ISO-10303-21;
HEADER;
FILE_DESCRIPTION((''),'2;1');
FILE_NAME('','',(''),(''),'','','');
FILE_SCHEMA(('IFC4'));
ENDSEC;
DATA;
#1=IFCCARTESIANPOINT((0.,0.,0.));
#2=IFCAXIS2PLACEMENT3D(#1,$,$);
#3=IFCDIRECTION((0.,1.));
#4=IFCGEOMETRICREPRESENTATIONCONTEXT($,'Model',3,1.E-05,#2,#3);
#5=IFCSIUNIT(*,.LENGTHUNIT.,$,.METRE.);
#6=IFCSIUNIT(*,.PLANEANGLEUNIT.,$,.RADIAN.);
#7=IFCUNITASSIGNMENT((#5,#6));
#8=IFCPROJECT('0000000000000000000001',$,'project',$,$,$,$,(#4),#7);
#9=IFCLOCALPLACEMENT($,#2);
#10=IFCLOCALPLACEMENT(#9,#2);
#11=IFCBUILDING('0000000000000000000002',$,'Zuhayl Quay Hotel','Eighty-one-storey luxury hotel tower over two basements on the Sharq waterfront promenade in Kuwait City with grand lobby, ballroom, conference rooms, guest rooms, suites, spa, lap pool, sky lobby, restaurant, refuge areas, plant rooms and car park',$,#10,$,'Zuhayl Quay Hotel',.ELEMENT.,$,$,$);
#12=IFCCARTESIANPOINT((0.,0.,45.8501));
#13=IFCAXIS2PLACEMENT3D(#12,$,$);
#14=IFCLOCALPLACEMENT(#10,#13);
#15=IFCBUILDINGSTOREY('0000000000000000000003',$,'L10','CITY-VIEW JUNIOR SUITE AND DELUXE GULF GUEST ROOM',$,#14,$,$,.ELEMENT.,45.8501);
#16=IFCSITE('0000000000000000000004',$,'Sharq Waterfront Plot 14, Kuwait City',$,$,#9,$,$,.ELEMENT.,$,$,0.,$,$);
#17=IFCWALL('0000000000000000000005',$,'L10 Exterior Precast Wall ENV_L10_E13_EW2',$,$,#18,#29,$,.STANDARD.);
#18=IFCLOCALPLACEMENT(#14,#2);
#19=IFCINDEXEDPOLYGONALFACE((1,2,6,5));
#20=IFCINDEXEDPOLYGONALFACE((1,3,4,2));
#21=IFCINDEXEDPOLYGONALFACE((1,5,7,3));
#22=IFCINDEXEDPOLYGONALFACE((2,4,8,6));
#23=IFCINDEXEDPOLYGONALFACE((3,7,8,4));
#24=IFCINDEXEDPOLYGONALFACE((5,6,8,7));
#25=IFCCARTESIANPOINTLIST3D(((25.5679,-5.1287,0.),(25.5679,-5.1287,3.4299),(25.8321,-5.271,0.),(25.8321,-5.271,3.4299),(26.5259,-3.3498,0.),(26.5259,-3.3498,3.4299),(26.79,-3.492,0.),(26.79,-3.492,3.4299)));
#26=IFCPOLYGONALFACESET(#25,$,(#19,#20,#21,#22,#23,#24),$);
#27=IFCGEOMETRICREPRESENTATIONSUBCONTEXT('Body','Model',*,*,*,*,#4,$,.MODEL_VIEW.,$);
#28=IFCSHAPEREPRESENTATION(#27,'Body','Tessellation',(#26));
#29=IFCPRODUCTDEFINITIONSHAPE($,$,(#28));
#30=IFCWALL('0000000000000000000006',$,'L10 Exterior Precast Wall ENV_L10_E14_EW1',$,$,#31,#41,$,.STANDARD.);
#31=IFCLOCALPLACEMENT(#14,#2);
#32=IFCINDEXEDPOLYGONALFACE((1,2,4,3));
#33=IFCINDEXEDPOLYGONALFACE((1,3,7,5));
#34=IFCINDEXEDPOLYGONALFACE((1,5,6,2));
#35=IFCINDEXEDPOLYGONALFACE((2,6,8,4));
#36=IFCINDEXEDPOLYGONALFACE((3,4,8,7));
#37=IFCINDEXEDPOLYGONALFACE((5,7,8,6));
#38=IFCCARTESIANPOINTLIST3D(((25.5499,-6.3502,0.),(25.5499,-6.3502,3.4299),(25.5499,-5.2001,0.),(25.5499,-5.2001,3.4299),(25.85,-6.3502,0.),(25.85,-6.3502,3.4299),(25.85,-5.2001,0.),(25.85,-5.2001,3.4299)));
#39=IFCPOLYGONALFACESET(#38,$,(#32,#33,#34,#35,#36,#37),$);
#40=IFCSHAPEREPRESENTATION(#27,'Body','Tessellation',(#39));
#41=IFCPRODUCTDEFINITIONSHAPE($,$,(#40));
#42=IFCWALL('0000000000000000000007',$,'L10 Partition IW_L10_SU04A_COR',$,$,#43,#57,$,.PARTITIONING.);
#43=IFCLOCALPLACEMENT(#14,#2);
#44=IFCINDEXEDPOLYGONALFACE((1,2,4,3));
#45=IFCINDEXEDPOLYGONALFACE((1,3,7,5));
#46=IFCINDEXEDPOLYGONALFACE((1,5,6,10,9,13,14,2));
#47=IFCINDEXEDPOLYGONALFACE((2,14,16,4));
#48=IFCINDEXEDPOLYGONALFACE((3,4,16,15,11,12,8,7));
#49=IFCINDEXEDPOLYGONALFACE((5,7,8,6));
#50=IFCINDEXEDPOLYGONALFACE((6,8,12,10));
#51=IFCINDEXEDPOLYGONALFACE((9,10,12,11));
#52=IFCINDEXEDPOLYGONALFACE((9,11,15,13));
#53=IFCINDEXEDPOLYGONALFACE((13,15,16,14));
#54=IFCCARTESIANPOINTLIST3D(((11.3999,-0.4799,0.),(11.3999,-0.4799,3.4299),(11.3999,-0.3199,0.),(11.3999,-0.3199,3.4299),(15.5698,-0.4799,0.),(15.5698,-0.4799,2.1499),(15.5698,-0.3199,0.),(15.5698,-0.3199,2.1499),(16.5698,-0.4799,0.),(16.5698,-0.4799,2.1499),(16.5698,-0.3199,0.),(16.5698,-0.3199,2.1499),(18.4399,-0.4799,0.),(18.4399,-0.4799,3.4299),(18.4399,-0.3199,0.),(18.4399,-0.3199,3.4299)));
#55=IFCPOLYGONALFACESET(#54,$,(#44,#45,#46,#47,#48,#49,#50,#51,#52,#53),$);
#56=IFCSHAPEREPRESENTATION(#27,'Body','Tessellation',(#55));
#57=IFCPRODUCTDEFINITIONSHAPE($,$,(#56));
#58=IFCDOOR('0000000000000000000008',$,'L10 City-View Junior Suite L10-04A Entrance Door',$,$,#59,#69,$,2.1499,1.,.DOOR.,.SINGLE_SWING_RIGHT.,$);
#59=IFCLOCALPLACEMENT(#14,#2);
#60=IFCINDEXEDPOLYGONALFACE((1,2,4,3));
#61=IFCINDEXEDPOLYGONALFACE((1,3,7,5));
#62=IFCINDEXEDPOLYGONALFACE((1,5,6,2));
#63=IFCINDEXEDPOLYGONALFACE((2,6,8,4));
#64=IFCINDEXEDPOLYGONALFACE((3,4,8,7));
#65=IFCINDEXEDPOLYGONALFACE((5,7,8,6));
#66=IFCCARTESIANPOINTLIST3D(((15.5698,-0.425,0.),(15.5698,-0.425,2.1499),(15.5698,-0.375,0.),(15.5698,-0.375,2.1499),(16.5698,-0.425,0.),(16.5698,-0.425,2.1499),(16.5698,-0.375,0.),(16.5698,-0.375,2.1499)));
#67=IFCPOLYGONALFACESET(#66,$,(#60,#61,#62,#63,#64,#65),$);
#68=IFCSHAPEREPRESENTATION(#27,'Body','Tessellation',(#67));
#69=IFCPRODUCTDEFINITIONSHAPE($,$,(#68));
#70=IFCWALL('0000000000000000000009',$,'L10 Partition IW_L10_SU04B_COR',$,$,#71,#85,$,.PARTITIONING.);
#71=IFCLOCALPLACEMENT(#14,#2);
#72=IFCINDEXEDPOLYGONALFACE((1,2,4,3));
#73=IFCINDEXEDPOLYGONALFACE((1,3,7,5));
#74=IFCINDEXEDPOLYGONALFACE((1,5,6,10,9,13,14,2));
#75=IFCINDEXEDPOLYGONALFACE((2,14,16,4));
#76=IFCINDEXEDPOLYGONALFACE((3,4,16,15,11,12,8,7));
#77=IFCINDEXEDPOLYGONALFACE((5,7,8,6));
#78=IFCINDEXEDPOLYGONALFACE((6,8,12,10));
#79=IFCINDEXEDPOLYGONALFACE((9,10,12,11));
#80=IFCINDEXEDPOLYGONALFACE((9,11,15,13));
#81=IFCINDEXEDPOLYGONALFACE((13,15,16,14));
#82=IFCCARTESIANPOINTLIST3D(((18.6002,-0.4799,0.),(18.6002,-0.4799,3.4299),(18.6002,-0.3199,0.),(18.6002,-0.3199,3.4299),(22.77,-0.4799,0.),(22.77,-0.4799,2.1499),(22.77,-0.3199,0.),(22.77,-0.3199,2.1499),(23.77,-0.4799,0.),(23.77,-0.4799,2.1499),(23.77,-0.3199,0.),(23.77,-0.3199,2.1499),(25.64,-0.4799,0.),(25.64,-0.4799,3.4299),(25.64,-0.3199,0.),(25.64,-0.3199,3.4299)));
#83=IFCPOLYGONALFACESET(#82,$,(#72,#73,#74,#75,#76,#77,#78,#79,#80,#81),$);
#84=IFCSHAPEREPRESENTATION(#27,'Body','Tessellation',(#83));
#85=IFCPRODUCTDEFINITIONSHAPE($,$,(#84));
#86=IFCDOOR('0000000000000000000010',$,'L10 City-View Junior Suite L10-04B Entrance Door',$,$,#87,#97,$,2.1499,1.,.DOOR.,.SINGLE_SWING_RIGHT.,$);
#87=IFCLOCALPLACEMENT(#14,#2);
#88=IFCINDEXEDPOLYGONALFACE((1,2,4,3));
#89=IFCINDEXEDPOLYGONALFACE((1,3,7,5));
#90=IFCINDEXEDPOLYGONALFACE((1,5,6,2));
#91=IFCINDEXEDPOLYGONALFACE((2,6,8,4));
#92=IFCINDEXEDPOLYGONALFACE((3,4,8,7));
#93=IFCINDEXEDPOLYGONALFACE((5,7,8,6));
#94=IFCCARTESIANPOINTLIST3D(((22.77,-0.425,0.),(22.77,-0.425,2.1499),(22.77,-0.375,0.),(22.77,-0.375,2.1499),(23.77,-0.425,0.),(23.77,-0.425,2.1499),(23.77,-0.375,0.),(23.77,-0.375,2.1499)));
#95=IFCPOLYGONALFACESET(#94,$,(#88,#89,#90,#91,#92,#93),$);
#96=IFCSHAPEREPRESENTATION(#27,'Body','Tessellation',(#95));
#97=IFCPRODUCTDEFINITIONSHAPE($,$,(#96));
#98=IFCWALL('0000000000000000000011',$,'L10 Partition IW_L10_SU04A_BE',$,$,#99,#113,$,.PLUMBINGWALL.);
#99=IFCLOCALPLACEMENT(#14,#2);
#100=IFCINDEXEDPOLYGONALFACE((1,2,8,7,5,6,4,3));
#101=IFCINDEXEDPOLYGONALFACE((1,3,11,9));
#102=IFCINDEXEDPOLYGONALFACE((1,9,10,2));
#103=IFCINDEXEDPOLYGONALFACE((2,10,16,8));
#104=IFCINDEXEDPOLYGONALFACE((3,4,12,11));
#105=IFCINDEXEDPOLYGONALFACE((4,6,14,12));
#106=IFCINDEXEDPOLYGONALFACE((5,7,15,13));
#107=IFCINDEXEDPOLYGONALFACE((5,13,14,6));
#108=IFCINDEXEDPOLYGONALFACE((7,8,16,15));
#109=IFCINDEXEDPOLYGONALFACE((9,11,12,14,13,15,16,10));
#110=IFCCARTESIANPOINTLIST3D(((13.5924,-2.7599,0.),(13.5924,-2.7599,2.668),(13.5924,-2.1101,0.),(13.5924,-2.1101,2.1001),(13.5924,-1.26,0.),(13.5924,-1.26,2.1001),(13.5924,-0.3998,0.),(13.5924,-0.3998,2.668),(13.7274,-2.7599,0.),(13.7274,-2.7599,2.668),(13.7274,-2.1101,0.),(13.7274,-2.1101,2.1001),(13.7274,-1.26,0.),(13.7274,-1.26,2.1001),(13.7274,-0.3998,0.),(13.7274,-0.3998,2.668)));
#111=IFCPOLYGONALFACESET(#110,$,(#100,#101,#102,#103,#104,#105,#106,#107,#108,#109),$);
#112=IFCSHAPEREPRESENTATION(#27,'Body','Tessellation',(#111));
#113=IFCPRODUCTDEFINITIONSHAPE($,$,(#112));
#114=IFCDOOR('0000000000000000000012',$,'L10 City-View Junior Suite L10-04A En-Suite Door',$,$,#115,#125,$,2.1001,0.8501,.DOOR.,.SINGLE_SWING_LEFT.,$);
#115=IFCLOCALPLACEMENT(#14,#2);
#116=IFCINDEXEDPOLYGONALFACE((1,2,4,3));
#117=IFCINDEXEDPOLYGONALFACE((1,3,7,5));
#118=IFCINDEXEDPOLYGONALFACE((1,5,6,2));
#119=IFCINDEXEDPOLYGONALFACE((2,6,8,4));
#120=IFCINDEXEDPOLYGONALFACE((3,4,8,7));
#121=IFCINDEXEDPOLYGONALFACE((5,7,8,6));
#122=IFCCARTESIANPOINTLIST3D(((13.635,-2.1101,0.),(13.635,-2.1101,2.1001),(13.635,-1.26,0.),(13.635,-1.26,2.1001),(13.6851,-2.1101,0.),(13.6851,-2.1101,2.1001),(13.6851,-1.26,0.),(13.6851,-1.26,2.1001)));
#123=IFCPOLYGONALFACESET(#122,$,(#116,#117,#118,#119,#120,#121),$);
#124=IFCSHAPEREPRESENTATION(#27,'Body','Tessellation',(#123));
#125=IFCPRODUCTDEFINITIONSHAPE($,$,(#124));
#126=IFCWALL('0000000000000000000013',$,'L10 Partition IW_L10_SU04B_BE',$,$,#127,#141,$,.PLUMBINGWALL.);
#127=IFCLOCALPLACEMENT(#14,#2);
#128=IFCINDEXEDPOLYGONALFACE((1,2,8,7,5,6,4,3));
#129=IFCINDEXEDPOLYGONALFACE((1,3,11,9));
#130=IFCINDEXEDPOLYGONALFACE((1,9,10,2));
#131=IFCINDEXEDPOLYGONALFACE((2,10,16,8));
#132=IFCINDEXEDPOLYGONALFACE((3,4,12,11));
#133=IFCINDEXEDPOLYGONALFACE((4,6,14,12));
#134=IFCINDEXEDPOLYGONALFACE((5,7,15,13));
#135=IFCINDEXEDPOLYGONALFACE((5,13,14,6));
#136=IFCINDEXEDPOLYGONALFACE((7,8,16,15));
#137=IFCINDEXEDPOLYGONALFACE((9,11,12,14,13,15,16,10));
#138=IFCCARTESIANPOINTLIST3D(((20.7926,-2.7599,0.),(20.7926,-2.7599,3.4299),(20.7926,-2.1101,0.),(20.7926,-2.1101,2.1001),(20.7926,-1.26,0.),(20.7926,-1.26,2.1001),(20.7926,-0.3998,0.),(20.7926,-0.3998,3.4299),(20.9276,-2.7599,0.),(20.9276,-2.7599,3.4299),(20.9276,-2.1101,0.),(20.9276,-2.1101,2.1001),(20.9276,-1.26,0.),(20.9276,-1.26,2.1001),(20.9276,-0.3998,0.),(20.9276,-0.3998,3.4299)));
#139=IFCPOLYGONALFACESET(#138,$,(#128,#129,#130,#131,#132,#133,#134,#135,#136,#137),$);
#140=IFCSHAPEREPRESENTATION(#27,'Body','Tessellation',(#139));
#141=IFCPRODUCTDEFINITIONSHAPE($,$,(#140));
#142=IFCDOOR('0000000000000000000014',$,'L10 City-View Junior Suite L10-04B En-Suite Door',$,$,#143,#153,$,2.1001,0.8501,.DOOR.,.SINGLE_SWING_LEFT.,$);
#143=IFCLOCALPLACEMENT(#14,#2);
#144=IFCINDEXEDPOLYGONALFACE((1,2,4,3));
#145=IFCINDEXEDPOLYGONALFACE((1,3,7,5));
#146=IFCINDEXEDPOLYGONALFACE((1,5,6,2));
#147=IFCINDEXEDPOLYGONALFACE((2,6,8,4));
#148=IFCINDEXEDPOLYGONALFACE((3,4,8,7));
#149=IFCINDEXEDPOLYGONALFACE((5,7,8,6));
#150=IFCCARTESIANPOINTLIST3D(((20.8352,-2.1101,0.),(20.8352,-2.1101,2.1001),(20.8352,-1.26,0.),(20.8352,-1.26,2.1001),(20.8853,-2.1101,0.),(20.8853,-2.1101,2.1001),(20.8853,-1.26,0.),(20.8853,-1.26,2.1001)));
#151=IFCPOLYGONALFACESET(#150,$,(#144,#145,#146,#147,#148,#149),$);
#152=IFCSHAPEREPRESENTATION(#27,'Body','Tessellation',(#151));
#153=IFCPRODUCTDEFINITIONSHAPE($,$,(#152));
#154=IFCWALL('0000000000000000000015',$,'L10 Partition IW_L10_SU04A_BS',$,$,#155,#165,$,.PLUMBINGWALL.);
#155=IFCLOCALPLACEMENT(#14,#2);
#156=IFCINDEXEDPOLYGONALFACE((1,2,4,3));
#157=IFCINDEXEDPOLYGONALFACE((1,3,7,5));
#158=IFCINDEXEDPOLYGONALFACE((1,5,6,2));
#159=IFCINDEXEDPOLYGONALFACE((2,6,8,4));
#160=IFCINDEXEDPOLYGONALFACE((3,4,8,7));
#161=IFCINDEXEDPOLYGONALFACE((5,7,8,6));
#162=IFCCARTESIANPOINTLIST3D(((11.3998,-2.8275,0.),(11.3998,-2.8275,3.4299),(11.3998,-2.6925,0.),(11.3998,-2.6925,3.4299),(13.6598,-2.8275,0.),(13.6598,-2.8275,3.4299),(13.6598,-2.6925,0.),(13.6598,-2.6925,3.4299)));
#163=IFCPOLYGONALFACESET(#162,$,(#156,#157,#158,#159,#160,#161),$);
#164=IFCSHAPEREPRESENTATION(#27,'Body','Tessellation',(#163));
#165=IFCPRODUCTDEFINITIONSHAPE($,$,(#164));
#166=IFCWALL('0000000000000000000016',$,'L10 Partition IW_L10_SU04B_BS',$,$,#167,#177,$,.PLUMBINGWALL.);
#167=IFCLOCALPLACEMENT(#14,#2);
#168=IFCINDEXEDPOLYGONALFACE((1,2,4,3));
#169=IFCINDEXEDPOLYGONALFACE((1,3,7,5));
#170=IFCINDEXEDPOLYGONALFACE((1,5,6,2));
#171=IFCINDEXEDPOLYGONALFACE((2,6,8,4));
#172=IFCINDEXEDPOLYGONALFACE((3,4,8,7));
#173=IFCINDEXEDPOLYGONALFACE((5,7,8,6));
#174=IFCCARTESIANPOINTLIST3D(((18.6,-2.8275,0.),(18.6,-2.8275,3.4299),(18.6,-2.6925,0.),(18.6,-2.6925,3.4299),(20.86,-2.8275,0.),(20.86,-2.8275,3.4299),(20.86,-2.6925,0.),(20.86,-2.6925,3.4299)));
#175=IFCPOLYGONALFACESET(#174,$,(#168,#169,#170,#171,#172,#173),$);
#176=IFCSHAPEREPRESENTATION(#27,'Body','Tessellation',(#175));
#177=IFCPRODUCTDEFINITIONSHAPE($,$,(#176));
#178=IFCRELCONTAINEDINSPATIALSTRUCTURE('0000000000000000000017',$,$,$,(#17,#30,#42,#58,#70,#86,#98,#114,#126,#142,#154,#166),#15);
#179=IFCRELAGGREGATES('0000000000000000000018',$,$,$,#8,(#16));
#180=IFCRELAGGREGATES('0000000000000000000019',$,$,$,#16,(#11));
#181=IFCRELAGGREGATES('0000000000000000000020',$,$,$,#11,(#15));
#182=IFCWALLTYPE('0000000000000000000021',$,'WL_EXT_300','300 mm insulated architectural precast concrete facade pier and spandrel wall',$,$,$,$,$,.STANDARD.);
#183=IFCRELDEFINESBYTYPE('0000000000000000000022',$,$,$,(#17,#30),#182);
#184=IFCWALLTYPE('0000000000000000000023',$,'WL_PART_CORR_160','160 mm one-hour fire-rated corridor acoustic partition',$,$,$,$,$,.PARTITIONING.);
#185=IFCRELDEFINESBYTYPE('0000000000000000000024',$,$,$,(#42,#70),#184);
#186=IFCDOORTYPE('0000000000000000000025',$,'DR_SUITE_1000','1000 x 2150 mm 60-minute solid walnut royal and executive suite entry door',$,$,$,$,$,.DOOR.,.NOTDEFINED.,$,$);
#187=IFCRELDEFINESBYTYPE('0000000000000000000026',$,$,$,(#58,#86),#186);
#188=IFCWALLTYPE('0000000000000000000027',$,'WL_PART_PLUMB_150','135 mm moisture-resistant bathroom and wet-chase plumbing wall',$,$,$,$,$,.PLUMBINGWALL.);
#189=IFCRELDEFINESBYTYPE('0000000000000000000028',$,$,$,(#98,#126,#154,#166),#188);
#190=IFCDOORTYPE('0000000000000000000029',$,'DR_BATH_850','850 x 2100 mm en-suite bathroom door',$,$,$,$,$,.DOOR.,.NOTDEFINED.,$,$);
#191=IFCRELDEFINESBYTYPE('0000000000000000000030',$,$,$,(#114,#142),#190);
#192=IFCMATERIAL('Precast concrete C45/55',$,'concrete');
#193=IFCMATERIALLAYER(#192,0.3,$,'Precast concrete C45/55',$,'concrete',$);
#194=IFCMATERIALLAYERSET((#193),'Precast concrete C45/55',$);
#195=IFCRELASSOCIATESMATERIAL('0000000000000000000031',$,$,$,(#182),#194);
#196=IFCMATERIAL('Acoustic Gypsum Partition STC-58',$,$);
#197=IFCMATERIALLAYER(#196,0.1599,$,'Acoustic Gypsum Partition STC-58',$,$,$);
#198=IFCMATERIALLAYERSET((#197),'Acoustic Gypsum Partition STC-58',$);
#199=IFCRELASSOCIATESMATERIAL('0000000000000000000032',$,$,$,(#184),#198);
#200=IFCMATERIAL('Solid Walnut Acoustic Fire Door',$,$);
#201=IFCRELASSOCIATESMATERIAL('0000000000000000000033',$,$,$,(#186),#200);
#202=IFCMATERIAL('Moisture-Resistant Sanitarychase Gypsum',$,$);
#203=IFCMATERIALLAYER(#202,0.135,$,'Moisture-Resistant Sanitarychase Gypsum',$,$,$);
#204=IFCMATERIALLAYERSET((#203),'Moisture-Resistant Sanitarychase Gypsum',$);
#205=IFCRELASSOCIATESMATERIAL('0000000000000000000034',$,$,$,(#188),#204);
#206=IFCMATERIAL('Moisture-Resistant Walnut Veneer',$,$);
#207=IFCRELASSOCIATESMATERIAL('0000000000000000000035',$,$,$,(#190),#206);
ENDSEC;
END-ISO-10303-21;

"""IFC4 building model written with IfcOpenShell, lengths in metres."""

from ifc_helpers import new_model, si_unit, direction, frame, frame_2d, origin, place, context, subcontext, project, spatial, rectangle, extrude, material, layer, layer_set, type_object, element, fill, save


model = new_model("IFC4")

# Units and contexts
model_context = context("Model", 3, precision=1e-05, world=origin(), true_north=direction((0.0, 1.0)))
body_context = subcontext(model_context, "Body", "Model", "MODEL_VIEW")
ifc_project = project(units=[si_unit("LENGTHUNIT", "METRE"), si_unit("PLANEANGLEUNIT", "RADIAN")], contexts=[model_context])

# Site, building, storey
site_placement = place(None, origin())
site = spatial("IfcSite", under=ifc_project, at=site_placement, Name="Sharq Waterfront Plot 14, Kuwait City", CompositionType="ELEMENT", RefElevation=0.0)
building_placement = place(site_placement, origin())
building = spatial("IfcBuilding", under=site, at=building_placement, Name="Zuhayl Quay Hotel", Description="Eighty-one-storey luxury hotel tower over two basements on the Sharq waterfront promenade in Kuwait City with grand lobby, ballroom, conference rooms, guest rooms, suites, spa, lap pool, sky lobby, restaurant, refuge areas, plant rooms and car park", LongName="Zuhayl Quay Hotel", CompositionType="ELEMENT")
storey_placement = place(building_placement, frame((0.0, 0.0, 45.8501)))
storey = spatial("IfcBuildingStorey", under=building, at=storey_placement, Name="L10", Description="CITY-VIEW JUNIOR SUITE AND DELUXE GULF GUEST ROOM", CompositionType="ELEMENT", Elevation=45.8501)

# Walls
ifc_material_1 = material(Name="Precast concrete C45/55", Category="concrete")
ifc_layer_1 = layer(ifc_material_1, 0.3, Name="Precast concrete C45/55", Category="concrete")
ifc_layer_set_1 = layer_set([ifc_layer_1], Name="Precast concrete C45/55")
wall_type_1 = type_object("IfcWallType", Name="WL_EXT_300", Description="300 mm insulated architectural precast concrete facade pier and spandrel wall", PredefinedType="STANDARD", material=ifc_layer_set_1)
wall_1_placement = place(storey_placement, frame((26.658, -3.4209, 0.0), z_axis=(0.0, 0.0, 1.0), x_axis=(-0.474121, -0.880459, 0.0)))
element("IfcWall", 1, at=wall_1_placement, inside=storey, type_object=wall_type_1, Name="L10 Exterior Precast Wall ENV_L10_E13_EW2", PredefinedType="STANDARD", context=body_context, shape_type="SweptSolid", body=[
    extrude(rectangle(XDim=2.0205, YDim=0.3, at=frame_2d((1.0103, 0.0))), origin(), (0.0, 0.0, 1.0), 3.4299),
])
wall_2_placement = place(storey_placement, frame((25.7, -5.2, 0.0), z_axis=(0.0, 0.0, 1.0), x_axis=(0.0, -1.0, 0.0)))
element("IfcWall", 2, at=wall_2_placement, inside=storey, type_object=wall_type_1, Name="L10 Exterior Precast Wall ENV_L10_E14_EW1", PredefinedType="STANDARD", context=body_context, shape_type="SweptSolid", body=[
    extrude(rectangle(XDim=1.1501, YDim=0.3, at=frame_2d((0.5752, 0.0))), origin(), (0.0, 0.0, 1.0), 3.4299),
])

# Walls, openings, doors
ifc_material_2 = material(Name="Acoustic Gypsum Partition STC-58")
ifc_layer_2 = layer(ifc_material_2, 0.1599, Name="Acoustic Gypsum Partition STC-58")
ifc_layer_set_2 = layer_set([ifc_layer_2], Name="Acoustic Gypsum Partition STC-58")
wall_type_2 = type_object("IfcWallType", Name="WL_PART_CORR_160", Description="160 mm one-hour fire-rated corridor acoustic partition", PredefinedType="PARTITIONING", material=ifc_layer_set_2)
wall_3_placement = place(storey_placement, frame((11.3999, -0.3999, 0.0), z_axis=(0.0, 0.0, 1.0), x_axis=(1.0, 0.0, 0.0)))
wall_3 = element("IfcWall", 3, at=wall_3_placement, inside=storey, type_object=wall_type_2, Name="L10 Partition IW_L10_SU04A_COR", PredefinedType="PARTITIONING", context=body_context, shape_type="SweptSolid", body=[
    extrude(rectangle(XDim=7.04, YDim=0.1599, at=frame_2d((3.52, 0.0))), origin(), (0.0, 0.0, 1.0), 3.4299),
])
opening_1_placement = place(wall_3_placement, frame((4.1699, 0.0, 0.0)))
opening_1 = element("IfcOpeningElement", 4, at=opening_1_placement, cuts=wall_3, PredefinedType="OPENING", context=body_context, shape_type="SweptSolid", body=[
    extrude(rectangle(XDim=1.0, YDim=2.1499, at=frame_2d((0.5, 1.075))), frame((0.0, 0.0898, 0.0), z_axis=(0.0, -1.0, 0.0), x_axis=(1.0, 0.0, 0.0)), (0.0, 0.0, 1.0), 0.1799),
])
ifc_material_3 = material(Name="Solid Walnut Acoustic Fire Door")
door_type_1 = type_object("IfcDoorType", Name="DR_SUITE_1000", Description="1000 x 2150 mm 60-minute solid walnut royal and executive suite entry door", OperationType="NOTDEFINED", PredefinedType="DOOR", material=ifc_material_3)
door_1_placement = place(opening_1_placement, origin())
door_1 = element("IfcDoor", 5, at=door_1_placement, inside=storey, type_object=door_type_1, Name="L10 City-View Junior Suite L10-04A Entrance Door", OperationType="SINGLE_SWING_RIGHT", OverallHeight=2.1499, OverallWidth=1.0, PredefinedType="DOOR", context=body_context, shape_type="SweptSolid", body=[
    extrude(rectangle(XDim=1.0, YDim=2.1499, at=frame_2d((0.5, 1.075))), frame((0.0, 0.0249, 0.0), z_axis=(0.0, -1.0, 0.0), x_axis=(1.0, 0.0, 0.0)), (0.0, 0.0, 1.0), 0.05),
])
fill(opening_1, door_1)
wall_4_placement = place(storey_placement, frame((18.6001, -0.3999, 0.0), z_axis=(0.0, 0.0, 1.0), x_axis=(1.0, 0.0, 0.0)))
wall_4 = element("IfcWall", 6, at=wall_4_placement, inside=storey, type_object=wall_type_2, Name="L10 Partition IW_L10_SU04B_COR", PredefinedType="PARTITIONING", context=body_context, shape_type="SweptSolid", body=[
    extrude(rectangle(XDim=7.0398, YDim=0.1599, at=frame_2d((3.52, 0.0))), origin(), (0.0, 0.0, 1.0), 3.4299),
])
opening_2_placement = place(wall_4_placement, frame((4.1699, 0.0, 0.0)))
opening_2 = element("IfcOpeningElement", 7, at=opening_2_placement, cuts=wall_4, PredefinedType="OPENING", context=body_context, shape_type="SweptSolid", body=[
    extrude(rectangle(XDim=1.0, YDim=2.1499, at=frame_2d((0.5, 1.075))), frame((0.0, 0.0898, 0.0), z_axis=(0.0, -1.0, 0.0), x_axis=(1.0, 0.0, 0.0)), (0.0, 0.0, 1.0), 0.1799),
])
door_2_placement = place(opening_2_placement, origin())
door_2 = element("IfcDoor", 8, at=door_2_placement, inside=storey, type_object=door_type_1, Name="L10 City-View Junior Suite L10-04B Entrance Door", OperationType="SINGLE_SWING_RIGHT", OverallHeight=2.1499, OverallWidth=1.0, PredefinedType="DOOR", context=body_context, shape_type="SweptSolid", body=[
    extrude(rectangle(XDim=1.0, YDim=2.1499, at=frame_2d((0.5, 1.075))), frame((0.0, 0.0249, 0.0), z_axis=(0.0, -1.0, 0.0), x_axis=(1.0, 0.0, 0.0)), (0.0, 0.0, 1.0), 0.05),
])
fill(opening_2, door_2)
ifc_material_4 = material(Name="Moisture-Resistant Sanitarychase Gypsum")
ifc_layer_3 = layer(ifc_material_4, 0.135, Name="Moisture-Resistant Sanitarychase Gypsum")
ifc_layer_set_3 = layer_set([ifc_layer_3], Name="Moisture-Resistant Sanitarychase Gypsum")
wall_type_3 = type_object("IfcWallType", Name="WL_PART_PLUMB_150", Description="135 mm moisture-resistant bathroom and wet-chase plumbing wall", PredefinedType="PLUMBINGWALL", material=ifc_layer_set_3)
wall_5_placement = place(storey_placement, frame((13.6599, -2.76, 0.0), z_axis=(0.0, 0.0, 1.0), x_axis=(0.0, 1.0, 0.0)))
wall_5 = element("IfcWall", 9, at=wall_5_placement, inside=storey, type_object=wall_type_3, Name="L10 Partition IW_L10_SU04A_BE", PredefinedType="PLUMBINGWALL", context=body_context, shape_type="SweptSolid", body=[
    extrude(rectangle(XDim=2.3601, YDim=0.135, at=frame_2d((1.1802, 0.0))), origin(), (0.0, 0.0, 1.0), 2.668),
])
opening_3_placement = place(wall_5_placement, frame((0.6499, 0.0, 0.0)))
opening_3 = element("IfcOpeningElement", 10, at=opening_3_placement, cuts=wall_5, PredefinedType="OPENING", context=body_context, shape_type="SweptSolid", body=[
    extrude(rectangle(XDim=0.8501, YDim=2.1001, at=frame_2d((0.425, 1.05))), frame((0.0, 0.0774, 0.0), z_axis=(0.0, -1.0, 0.0), x_axis=(1.0, 0.0, 0.0)), (0.0, 0.0, 1.0), 0.155),
])
ifc_material_5 = material(Name="Moisture-Resistant Walnut Veneer")
door_type_2 = type_object("IfcDoorType", Name="DR_BATH_850", Description="850 x 2100 mm en-suite bathroom door", OperationType="NOTDEFINED", PredefinedType="DOOR", material=ifc_material_5)
door_3_placement = place(opening_3_placement, origin())
door_3 = element("IfcDoor", 11, at=door_3_placement, inside=storey, type_object=door_type_2, Name="L10 City-View Junior Suite L10-04A En-Suite Door", OperationType="SINGLE_SWING_LEFT", OverallHeight=2.1001, OverallWidth=0.8501, PredefinedType="DOOR", context=body_context, shape_type="SweptSolid", body=[
    extrude(rectangle(XDim=0.8501, YDim=2.1001, at=frame_2d((0.425, 1.05))), frame((0.0, 0.0249, 0.0), z_axis=(0.0, -1.0, 0.0), x_axis=(1.0, 0.0, 0.0)), (0.0, 0.0, 1.0), 0.05),
])
fill(opening_3, door_3)
wall_6_placement = place(storey_placement, frame((20.8601, -2.76, 0.0), z_axis=(0.0, 0.0, 1.0), x_axis=(0.0, 1.0, 0.0)))
wall_6 = element("IfcWall", 12, at=wall_6_placement, inside=storey, type_object=wall_type_3, Name="L10 Partition IW_L10_SU04B_BE", PredefinedType="PLUMBINGWALL", context=body_context, shape_type="SweptSolid", body=[
    extrude(rectangle(XDim=2.3601, YDim=0.135, at=frame_2d((1.1802, 0.0))), origin(), (0.0, 0.0, 1.0), 3.4299),
])
opening_4_placement = place(wall_6_placement, frame((0.6499, 0.0, 0.0)))
opening_4 = element("IfcOpeningElement", 13, at=opening_4_placement, cuts=wall_6, PredefinedType="OPENING", context=body_context, shape_type="SweptSolid", body=[
    extrude(rectangle(XDim=0.8501, YDim=2.1001, at=frame_2d((0.425, 1.05))), frame((0.0, 0.0774, 0.0), z_axis=(0.0, -1.0, 0.0), x_axis=(1.0, 0.0, 0.0)), (0.0, 0.0, 1.0), 0.155),
])
door_4_placement = place(opening_4_placement, origin())
door_4 = element("IfcDoor", 14, at=door_4_placement, inside=storey, type_object=door_type_2, Name="L10 City-View Junior Suite L10-04B En-Suite Door", OperationType="SINGLE_SWING_LEFT", OverallHeight=2.1001, OverallWidth=0.8501, PredefinedType="DOOR", context=body_context, shape_type="SweptSolid", body=[
    extrude(rectangle(XDim=0.8501, YDim=2.1001, at=frame_2d((0.425, 1.05))), frame((0.0, 0.0249, 0.0), z_axis=(0.0, -1.0, 0.0), x_axis=(1.0, 0.0, 0.0)), (0.0, 0.0, 1.0), 0.05),
])
fill(opening_4, door_4)

# Walls
for number, where, z_axis, x_axis, name in (
    (15, (11.3999, -2.76, 0.0), (0.0, 0.0, 1.0), (1.0, 0.0, 0.0), "L10 Partition IW_L10_SU04A_BS"),
    (16, (18.6001, -2.76, 0.0), (0.0, 0.0, 1.0), (1.0, 0.0, 0.0), "L10 Partition IW_L10_SU04B_BS"),
):
    element("IfcWall", number, at=place(storey_placement, frame(where, z_axis=z_axis, x_axis=x_axis)), inside=storey, type_object=wall_type_3, Name=name, PredefinedType="PLUMBINGWALL", context=body_context, shape_type="SweptSolid", body=[
        extrude(rectangle(XDim=2.26, YDim=0.135, at=frame_2d((1.1299, 0.0))), origin(), (0.0, 0.0, 1.0), 3.4299),
    ])

save(model, "model.ifc")
